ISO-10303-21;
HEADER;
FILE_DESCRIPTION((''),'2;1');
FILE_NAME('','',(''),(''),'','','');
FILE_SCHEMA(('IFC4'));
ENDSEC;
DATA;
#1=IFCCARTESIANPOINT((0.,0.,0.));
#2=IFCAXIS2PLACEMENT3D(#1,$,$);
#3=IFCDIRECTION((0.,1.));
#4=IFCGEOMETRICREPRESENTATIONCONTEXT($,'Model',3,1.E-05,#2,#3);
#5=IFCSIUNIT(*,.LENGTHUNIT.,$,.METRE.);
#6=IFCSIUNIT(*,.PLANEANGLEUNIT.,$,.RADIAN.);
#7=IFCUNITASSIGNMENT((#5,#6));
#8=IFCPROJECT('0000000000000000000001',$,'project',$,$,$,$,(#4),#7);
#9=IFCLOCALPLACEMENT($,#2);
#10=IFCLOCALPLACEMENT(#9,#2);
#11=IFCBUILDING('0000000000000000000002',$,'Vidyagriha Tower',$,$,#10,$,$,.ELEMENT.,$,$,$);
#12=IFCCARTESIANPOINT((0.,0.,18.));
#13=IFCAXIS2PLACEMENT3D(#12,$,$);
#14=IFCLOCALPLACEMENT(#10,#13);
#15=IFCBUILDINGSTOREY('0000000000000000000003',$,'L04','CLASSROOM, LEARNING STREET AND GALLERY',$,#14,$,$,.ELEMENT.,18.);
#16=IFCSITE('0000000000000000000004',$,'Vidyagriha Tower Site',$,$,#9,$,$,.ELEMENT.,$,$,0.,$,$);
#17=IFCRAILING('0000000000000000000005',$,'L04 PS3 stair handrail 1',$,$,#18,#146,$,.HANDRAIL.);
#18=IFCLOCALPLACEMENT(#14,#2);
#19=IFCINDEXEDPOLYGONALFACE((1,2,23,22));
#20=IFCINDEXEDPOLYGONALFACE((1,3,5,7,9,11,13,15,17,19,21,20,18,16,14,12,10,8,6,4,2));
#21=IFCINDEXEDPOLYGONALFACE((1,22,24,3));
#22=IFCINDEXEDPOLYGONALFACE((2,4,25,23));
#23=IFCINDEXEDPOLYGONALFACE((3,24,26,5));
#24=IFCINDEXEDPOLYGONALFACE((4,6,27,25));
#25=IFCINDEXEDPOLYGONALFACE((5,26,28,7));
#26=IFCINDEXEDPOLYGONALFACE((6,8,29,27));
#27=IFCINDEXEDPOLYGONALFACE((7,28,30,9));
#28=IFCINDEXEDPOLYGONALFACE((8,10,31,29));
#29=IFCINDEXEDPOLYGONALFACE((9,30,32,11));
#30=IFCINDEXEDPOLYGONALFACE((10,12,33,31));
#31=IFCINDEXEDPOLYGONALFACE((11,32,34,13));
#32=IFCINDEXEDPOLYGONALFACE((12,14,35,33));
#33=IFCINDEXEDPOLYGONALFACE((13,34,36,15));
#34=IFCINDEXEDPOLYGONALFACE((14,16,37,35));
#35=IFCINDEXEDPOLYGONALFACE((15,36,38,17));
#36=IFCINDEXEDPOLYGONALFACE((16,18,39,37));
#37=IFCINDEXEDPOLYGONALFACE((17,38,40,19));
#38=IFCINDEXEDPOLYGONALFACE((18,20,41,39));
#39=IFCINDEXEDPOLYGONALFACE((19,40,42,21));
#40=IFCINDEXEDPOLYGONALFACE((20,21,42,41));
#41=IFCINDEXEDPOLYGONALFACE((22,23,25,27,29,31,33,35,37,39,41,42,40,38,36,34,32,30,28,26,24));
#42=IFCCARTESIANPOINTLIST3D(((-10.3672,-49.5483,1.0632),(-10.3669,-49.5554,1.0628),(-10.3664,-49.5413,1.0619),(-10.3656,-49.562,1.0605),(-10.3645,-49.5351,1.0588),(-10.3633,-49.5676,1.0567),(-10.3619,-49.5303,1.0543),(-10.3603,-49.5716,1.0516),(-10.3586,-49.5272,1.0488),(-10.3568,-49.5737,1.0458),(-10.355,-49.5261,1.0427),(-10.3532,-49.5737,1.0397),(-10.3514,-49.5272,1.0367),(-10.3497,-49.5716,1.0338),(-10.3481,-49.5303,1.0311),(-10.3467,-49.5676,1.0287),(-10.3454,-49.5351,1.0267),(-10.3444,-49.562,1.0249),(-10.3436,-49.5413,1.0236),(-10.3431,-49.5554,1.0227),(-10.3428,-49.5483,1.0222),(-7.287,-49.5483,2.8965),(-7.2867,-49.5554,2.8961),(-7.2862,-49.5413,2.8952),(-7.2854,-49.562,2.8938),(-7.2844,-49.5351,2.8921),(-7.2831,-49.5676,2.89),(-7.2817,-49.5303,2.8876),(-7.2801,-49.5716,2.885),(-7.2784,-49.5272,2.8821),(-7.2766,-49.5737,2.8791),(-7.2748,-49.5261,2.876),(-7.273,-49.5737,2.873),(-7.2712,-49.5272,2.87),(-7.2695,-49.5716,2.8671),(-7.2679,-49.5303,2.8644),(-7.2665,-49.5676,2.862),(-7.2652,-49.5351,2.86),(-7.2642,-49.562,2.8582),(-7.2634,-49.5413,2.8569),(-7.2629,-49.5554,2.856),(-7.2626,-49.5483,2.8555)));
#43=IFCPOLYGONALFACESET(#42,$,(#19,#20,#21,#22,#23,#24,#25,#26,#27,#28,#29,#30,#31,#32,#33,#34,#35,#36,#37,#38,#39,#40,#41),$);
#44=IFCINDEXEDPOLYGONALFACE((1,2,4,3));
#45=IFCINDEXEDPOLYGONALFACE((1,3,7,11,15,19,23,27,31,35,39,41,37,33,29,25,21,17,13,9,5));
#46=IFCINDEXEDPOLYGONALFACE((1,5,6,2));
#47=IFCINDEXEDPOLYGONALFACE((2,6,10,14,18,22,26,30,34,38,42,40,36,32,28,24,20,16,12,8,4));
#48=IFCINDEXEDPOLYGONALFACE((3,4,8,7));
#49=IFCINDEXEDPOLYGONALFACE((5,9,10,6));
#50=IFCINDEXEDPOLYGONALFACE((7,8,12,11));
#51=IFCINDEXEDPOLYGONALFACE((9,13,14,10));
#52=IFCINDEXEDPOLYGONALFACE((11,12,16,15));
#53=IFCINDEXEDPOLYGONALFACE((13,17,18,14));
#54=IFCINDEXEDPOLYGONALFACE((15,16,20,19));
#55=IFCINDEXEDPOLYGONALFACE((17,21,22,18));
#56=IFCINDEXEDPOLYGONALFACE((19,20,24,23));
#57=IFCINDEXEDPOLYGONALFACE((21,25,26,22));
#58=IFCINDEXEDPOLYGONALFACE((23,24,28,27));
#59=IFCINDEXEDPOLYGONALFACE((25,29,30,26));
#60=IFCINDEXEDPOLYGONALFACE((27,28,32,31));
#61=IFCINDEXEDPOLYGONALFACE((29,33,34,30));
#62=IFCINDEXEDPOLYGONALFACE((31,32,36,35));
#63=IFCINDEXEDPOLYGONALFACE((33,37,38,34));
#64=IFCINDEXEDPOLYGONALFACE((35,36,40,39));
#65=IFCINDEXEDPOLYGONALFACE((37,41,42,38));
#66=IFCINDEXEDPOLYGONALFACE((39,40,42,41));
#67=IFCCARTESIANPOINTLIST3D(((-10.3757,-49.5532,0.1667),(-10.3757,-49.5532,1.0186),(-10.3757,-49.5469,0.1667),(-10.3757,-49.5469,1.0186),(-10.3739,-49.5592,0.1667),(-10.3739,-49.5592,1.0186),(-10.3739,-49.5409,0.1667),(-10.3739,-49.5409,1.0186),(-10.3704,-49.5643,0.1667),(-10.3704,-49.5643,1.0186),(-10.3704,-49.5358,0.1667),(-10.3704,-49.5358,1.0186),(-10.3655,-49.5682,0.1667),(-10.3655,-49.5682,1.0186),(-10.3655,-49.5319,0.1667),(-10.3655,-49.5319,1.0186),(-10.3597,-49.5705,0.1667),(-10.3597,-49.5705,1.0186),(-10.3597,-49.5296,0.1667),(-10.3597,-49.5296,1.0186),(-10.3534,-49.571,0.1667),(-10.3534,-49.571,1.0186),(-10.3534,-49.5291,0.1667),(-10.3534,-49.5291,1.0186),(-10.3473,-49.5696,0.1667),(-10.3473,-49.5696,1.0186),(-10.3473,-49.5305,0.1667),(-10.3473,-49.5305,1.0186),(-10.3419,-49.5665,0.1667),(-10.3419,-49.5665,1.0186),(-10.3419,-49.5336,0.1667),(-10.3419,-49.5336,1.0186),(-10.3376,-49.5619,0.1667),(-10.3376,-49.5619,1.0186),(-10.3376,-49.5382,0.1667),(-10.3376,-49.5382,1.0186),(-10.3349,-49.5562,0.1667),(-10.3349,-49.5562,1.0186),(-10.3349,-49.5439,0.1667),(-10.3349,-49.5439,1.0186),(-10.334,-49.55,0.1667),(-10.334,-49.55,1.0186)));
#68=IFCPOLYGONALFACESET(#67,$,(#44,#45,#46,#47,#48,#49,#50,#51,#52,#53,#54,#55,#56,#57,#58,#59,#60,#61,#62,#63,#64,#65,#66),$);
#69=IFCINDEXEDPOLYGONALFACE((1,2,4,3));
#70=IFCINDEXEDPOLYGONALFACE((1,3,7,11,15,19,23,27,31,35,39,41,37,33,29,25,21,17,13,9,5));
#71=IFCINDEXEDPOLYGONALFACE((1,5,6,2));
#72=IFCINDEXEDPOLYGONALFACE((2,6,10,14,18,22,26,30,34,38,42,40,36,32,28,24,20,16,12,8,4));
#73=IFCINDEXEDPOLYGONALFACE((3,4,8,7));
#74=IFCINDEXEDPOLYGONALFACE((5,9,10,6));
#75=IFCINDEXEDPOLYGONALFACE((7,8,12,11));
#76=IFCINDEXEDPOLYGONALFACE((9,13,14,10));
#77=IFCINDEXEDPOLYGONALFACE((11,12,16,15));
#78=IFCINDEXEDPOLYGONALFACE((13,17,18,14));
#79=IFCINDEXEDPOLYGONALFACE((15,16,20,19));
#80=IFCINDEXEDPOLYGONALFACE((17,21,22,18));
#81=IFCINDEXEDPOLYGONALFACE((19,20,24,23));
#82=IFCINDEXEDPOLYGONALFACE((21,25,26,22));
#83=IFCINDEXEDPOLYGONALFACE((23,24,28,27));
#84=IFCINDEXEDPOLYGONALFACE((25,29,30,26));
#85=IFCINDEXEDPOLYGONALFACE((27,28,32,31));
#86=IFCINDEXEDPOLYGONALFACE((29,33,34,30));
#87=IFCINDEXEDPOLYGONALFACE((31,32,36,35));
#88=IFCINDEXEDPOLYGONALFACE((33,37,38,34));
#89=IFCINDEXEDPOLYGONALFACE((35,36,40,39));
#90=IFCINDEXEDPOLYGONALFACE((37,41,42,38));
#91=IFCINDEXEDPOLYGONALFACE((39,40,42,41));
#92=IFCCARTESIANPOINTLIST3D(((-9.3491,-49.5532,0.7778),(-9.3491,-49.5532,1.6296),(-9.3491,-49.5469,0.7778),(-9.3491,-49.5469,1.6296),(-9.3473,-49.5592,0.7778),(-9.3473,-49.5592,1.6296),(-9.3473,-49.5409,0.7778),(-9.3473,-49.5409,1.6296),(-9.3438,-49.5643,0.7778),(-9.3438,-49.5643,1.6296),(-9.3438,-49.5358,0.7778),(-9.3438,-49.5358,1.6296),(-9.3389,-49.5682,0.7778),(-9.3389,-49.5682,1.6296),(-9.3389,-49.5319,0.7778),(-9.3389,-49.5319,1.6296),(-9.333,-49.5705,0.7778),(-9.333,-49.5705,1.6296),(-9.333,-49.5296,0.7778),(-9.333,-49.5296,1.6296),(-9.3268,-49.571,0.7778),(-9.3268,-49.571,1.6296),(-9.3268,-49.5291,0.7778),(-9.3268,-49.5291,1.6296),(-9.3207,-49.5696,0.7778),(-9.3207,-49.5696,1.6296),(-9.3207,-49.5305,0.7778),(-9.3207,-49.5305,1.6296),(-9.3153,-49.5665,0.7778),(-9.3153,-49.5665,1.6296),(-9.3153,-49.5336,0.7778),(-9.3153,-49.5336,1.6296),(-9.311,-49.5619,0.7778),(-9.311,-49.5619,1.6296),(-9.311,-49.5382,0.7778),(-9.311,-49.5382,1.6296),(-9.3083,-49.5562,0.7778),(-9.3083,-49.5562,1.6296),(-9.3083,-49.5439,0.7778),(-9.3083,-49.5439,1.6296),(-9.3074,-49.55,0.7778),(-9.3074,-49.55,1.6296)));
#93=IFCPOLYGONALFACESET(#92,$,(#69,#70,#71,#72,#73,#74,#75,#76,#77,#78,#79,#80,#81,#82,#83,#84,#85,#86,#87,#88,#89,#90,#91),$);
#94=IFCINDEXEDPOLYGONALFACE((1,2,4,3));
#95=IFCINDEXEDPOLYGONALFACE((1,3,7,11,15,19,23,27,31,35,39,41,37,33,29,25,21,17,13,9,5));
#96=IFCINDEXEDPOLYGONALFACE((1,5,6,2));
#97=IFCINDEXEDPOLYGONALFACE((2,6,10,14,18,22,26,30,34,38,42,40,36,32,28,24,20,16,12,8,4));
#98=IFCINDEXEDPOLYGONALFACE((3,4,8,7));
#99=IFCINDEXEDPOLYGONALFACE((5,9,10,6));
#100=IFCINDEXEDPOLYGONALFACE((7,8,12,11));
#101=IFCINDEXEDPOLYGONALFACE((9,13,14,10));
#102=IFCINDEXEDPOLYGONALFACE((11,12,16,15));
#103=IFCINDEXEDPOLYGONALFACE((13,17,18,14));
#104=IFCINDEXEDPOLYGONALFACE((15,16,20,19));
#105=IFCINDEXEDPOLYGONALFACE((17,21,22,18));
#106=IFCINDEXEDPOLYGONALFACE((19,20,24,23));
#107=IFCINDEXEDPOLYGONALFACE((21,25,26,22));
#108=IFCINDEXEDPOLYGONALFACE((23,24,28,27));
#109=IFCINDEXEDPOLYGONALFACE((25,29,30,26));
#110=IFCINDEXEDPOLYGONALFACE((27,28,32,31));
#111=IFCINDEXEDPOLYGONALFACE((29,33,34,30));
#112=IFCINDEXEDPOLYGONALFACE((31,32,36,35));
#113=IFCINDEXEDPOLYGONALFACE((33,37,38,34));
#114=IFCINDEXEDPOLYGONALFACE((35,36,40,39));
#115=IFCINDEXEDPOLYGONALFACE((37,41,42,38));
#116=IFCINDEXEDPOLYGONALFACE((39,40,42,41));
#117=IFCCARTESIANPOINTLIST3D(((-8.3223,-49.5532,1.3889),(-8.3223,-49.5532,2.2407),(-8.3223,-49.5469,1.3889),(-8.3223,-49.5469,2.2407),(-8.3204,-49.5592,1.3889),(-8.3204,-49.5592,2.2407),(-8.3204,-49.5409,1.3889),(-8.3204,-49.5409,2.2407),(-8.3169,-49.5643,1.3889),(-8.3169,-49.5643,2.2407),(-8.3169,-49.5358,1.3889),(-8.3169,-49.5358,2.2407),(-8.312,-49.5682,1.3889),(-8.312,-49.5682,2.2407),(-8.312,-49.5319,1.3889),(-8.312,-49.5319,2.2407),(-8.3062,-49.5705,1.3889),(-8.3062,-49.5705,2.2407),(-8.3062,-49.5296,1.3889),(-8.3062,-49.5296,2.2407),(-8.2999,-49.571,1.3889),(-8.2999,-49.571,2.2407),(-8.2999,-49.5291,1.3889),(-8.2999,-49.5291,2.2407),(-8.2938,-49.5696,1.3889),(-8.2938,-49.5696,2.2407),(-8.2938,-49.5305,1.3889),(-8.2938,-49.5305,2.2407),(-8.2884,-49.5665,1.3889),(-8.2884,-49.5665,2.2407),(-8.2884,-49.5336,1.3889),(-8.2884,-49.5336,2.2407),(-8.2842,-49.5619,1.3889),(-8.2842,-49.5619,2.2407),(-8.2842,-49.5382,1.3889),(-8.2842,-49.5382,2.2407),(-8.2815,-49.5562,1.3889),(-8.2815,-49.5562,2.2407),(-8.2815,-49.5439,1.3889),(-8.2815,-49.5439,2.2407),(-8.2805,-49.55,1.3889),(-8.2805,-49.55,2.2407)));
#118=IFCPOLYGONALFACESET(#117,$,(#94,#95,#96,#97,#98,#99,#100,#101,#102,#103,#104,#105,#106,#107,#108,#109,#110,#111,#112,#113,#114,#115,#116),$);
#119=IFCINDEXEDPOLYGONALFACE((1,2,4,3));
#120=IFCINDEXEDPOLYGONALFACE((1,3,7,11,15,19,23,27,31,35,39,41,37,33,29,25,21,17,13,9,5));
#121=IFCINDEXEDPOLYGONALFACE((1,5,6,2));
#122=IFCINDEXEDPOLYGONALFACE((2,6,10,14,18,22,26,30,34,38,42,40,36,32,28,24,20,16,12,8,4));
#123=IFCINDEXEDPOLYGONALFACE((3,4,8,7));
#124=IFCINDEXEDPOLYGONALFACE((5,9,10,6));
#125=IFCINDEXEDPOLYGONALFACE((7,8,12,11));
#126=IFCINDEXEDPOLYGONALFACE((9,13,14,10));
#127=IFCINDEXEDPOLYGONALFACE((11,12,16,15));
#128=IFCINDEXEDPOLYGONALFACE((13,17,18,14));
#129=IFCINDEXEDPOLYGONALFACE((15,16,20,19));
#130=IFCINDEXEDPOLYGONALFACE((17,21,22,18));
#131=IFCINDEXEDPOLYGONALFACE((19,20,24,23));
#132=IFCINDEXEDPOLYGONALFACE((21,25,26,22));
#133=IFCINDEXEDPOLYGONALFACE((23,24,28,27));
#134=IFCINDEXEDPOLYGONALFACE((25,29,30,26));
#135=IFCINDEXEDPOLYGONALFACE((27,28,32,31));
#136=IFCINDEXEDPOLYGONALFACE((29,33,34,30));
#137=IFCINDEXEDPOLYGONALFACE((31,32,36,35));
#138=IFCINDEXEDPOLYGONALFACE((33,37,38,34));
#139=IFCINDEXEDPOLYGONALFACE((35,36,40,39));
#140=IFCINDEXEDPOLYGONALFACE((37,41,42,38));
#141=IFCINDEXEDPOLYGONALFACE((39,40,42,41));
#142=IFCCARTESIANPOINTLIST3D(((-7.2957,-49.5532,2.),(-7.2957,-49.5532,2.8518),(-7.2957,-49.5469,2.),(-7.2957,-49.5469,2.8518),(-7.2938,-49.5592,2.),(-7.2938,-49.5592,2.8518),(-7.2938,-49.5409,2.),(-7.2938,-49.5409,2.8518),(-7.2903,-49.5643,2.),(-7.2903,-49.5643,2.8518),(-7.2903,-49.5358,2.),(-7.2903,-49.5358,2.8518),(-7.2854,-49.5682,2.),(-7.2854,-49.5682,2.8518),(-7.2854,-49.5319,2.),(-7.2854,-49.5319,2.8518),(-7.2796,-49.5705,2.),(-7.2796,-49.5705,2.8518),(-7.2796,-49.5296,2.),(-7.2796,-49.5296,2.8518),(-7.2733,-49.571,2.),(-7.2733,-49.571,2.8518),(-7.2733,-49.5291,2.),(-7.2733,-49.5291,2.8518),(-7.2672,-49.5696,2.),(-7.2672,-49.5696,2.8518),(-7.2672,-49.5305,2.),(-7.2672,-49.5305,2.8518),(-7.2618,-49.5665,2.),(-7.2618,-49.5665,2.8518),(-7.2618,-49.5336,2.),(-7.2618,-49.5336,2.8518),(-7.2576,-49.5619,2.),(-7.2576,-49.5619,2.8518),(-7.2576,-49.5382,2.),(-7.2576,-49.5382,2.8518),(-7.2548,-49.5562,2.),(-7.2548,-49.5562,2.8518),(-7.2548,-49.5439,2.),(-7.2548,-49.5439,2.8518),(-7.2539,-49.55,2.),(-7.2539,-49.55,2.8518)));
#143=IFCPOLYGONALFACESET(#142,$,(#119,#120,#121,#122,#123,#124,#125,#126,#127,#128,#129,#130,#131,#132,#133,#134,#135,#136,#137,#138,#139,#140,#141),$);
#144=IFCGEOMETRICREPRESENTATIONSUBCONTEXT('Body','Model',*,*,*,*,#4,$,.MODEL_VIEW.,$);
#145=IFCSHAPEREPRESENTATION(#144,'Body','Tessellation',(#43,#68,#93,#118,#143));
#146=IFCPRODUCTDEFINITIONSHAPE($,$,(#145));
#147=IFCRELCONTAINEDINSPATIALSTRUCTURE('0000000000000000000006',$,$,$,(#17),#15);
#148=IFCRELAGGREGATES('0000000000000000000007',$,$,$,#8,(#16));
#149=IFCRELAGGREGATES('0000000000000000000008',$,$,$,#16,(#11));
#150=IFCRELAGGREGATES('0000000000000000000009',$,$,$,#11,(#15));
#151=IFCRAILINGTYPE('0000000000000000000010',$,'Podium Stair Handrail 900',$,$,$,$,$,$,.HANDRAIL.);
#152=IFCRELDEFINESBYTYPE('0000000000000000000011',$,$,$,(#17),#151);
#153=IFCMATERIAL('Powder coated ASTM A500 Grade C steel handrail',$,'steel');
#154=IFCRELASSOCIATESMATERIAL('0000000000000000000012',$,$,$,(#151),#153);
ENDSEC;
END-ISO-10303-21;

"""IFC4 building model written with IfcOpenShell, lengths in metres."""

from ifc_helpers import new_model, si_unit, direction, frame, origin, origin_2d, place, context, subcontext, project, spatial, circle, extrude, material, type_object, element, save


model = new_model("IFC4")

# Units and contexts
model_context = context("Model", 3, precision=1e-05, world=origin(), true_north=direction((0.0, 1.0)))
body_context = subcontext(model_context, "Body", "Model", "MODEL_VIEW")
ifc_project = project(units=[si_unit("LENGTHUNIT", "METRE"), si_unit("PLANEANGLEUNIT", "RADIAN")], contexts=[model_context])

# Site, building, storey
site_placement = place(None, origin())
site = spatial("IfcSite", under=ifc_project, at=site_placement, Name="Vidyagriha Tower Site", CompositionType="ELEMENT", RefElevation=0.0)
building_placement = place(site_placement, origin())
building = spatial("IfcBuilding", under=site, at=building_placement, Name="Vidyagriha Tower", CompositionType="ELEMENT")
storey_placement = place(building_placement, frame((0.0, 0.0, 18.0)))
storey = spatial("IfcBuildingStorey", under=building, at=storey_placement, Name="L04", Description="CLASSROOM, LEARNING STREET AND GALLERY", CompositionType="ELEMENT", Elevation=18.0)

# Railing
ifc_material_1 = material(Name="Powder coated ASTM A500 Grade C steel handrail", Category="steel")
railing_type_1 = type_object("IfcRailingType", Name="Podium Stair Handrail 900", PredefinedType="HANDRAIL", material=ifc_material_1)
railing_1_placement = place(storey_placement, frame((-10.355, -49.55, 0.1667)))
element("IfcRailing", 1, at=railing_1_placement, inside=storey, type_object=railing_type_1, Name="L04 PS3 stair handrail 1", PredefinedType="HANDRAIL", context=body_context, shape_type="SweptSolid", body=[
    extrude(circle(Radius=0.0239, at=origin_2d()), frame((0.0, 0.0, 0.876), z_axis=(0.859309, 0.0, 0.511458), x_axis=(0.0, 1.0, 0.0)), (0.0, 0.0, 1.0), 3.5845),
    extrude(circle(Radius=0.021, at=origin_2d()), origin(), (0.0, 0.0, 1.0), 0.8518),
    extrude(circle(Radius=0.021, at=origin_2d()), frame((1.0266, 0.0, 0.6111)), (0.0, 0.0, 1.0), 0.8518),
    extrude(circle(Radius=0.021, at=origin_2d()), frame((2.0535, 0.0, 1.2222)), (0.0, 0.0, 1.0), 0.8518),
    extrude(circle(Radius=0.021, at=origin_2d()), frame((3.0801, 0.0, 1.8333)), (0.0, 0.0, 1.0), 0.8518),
])

save(model, "model.ifc")
